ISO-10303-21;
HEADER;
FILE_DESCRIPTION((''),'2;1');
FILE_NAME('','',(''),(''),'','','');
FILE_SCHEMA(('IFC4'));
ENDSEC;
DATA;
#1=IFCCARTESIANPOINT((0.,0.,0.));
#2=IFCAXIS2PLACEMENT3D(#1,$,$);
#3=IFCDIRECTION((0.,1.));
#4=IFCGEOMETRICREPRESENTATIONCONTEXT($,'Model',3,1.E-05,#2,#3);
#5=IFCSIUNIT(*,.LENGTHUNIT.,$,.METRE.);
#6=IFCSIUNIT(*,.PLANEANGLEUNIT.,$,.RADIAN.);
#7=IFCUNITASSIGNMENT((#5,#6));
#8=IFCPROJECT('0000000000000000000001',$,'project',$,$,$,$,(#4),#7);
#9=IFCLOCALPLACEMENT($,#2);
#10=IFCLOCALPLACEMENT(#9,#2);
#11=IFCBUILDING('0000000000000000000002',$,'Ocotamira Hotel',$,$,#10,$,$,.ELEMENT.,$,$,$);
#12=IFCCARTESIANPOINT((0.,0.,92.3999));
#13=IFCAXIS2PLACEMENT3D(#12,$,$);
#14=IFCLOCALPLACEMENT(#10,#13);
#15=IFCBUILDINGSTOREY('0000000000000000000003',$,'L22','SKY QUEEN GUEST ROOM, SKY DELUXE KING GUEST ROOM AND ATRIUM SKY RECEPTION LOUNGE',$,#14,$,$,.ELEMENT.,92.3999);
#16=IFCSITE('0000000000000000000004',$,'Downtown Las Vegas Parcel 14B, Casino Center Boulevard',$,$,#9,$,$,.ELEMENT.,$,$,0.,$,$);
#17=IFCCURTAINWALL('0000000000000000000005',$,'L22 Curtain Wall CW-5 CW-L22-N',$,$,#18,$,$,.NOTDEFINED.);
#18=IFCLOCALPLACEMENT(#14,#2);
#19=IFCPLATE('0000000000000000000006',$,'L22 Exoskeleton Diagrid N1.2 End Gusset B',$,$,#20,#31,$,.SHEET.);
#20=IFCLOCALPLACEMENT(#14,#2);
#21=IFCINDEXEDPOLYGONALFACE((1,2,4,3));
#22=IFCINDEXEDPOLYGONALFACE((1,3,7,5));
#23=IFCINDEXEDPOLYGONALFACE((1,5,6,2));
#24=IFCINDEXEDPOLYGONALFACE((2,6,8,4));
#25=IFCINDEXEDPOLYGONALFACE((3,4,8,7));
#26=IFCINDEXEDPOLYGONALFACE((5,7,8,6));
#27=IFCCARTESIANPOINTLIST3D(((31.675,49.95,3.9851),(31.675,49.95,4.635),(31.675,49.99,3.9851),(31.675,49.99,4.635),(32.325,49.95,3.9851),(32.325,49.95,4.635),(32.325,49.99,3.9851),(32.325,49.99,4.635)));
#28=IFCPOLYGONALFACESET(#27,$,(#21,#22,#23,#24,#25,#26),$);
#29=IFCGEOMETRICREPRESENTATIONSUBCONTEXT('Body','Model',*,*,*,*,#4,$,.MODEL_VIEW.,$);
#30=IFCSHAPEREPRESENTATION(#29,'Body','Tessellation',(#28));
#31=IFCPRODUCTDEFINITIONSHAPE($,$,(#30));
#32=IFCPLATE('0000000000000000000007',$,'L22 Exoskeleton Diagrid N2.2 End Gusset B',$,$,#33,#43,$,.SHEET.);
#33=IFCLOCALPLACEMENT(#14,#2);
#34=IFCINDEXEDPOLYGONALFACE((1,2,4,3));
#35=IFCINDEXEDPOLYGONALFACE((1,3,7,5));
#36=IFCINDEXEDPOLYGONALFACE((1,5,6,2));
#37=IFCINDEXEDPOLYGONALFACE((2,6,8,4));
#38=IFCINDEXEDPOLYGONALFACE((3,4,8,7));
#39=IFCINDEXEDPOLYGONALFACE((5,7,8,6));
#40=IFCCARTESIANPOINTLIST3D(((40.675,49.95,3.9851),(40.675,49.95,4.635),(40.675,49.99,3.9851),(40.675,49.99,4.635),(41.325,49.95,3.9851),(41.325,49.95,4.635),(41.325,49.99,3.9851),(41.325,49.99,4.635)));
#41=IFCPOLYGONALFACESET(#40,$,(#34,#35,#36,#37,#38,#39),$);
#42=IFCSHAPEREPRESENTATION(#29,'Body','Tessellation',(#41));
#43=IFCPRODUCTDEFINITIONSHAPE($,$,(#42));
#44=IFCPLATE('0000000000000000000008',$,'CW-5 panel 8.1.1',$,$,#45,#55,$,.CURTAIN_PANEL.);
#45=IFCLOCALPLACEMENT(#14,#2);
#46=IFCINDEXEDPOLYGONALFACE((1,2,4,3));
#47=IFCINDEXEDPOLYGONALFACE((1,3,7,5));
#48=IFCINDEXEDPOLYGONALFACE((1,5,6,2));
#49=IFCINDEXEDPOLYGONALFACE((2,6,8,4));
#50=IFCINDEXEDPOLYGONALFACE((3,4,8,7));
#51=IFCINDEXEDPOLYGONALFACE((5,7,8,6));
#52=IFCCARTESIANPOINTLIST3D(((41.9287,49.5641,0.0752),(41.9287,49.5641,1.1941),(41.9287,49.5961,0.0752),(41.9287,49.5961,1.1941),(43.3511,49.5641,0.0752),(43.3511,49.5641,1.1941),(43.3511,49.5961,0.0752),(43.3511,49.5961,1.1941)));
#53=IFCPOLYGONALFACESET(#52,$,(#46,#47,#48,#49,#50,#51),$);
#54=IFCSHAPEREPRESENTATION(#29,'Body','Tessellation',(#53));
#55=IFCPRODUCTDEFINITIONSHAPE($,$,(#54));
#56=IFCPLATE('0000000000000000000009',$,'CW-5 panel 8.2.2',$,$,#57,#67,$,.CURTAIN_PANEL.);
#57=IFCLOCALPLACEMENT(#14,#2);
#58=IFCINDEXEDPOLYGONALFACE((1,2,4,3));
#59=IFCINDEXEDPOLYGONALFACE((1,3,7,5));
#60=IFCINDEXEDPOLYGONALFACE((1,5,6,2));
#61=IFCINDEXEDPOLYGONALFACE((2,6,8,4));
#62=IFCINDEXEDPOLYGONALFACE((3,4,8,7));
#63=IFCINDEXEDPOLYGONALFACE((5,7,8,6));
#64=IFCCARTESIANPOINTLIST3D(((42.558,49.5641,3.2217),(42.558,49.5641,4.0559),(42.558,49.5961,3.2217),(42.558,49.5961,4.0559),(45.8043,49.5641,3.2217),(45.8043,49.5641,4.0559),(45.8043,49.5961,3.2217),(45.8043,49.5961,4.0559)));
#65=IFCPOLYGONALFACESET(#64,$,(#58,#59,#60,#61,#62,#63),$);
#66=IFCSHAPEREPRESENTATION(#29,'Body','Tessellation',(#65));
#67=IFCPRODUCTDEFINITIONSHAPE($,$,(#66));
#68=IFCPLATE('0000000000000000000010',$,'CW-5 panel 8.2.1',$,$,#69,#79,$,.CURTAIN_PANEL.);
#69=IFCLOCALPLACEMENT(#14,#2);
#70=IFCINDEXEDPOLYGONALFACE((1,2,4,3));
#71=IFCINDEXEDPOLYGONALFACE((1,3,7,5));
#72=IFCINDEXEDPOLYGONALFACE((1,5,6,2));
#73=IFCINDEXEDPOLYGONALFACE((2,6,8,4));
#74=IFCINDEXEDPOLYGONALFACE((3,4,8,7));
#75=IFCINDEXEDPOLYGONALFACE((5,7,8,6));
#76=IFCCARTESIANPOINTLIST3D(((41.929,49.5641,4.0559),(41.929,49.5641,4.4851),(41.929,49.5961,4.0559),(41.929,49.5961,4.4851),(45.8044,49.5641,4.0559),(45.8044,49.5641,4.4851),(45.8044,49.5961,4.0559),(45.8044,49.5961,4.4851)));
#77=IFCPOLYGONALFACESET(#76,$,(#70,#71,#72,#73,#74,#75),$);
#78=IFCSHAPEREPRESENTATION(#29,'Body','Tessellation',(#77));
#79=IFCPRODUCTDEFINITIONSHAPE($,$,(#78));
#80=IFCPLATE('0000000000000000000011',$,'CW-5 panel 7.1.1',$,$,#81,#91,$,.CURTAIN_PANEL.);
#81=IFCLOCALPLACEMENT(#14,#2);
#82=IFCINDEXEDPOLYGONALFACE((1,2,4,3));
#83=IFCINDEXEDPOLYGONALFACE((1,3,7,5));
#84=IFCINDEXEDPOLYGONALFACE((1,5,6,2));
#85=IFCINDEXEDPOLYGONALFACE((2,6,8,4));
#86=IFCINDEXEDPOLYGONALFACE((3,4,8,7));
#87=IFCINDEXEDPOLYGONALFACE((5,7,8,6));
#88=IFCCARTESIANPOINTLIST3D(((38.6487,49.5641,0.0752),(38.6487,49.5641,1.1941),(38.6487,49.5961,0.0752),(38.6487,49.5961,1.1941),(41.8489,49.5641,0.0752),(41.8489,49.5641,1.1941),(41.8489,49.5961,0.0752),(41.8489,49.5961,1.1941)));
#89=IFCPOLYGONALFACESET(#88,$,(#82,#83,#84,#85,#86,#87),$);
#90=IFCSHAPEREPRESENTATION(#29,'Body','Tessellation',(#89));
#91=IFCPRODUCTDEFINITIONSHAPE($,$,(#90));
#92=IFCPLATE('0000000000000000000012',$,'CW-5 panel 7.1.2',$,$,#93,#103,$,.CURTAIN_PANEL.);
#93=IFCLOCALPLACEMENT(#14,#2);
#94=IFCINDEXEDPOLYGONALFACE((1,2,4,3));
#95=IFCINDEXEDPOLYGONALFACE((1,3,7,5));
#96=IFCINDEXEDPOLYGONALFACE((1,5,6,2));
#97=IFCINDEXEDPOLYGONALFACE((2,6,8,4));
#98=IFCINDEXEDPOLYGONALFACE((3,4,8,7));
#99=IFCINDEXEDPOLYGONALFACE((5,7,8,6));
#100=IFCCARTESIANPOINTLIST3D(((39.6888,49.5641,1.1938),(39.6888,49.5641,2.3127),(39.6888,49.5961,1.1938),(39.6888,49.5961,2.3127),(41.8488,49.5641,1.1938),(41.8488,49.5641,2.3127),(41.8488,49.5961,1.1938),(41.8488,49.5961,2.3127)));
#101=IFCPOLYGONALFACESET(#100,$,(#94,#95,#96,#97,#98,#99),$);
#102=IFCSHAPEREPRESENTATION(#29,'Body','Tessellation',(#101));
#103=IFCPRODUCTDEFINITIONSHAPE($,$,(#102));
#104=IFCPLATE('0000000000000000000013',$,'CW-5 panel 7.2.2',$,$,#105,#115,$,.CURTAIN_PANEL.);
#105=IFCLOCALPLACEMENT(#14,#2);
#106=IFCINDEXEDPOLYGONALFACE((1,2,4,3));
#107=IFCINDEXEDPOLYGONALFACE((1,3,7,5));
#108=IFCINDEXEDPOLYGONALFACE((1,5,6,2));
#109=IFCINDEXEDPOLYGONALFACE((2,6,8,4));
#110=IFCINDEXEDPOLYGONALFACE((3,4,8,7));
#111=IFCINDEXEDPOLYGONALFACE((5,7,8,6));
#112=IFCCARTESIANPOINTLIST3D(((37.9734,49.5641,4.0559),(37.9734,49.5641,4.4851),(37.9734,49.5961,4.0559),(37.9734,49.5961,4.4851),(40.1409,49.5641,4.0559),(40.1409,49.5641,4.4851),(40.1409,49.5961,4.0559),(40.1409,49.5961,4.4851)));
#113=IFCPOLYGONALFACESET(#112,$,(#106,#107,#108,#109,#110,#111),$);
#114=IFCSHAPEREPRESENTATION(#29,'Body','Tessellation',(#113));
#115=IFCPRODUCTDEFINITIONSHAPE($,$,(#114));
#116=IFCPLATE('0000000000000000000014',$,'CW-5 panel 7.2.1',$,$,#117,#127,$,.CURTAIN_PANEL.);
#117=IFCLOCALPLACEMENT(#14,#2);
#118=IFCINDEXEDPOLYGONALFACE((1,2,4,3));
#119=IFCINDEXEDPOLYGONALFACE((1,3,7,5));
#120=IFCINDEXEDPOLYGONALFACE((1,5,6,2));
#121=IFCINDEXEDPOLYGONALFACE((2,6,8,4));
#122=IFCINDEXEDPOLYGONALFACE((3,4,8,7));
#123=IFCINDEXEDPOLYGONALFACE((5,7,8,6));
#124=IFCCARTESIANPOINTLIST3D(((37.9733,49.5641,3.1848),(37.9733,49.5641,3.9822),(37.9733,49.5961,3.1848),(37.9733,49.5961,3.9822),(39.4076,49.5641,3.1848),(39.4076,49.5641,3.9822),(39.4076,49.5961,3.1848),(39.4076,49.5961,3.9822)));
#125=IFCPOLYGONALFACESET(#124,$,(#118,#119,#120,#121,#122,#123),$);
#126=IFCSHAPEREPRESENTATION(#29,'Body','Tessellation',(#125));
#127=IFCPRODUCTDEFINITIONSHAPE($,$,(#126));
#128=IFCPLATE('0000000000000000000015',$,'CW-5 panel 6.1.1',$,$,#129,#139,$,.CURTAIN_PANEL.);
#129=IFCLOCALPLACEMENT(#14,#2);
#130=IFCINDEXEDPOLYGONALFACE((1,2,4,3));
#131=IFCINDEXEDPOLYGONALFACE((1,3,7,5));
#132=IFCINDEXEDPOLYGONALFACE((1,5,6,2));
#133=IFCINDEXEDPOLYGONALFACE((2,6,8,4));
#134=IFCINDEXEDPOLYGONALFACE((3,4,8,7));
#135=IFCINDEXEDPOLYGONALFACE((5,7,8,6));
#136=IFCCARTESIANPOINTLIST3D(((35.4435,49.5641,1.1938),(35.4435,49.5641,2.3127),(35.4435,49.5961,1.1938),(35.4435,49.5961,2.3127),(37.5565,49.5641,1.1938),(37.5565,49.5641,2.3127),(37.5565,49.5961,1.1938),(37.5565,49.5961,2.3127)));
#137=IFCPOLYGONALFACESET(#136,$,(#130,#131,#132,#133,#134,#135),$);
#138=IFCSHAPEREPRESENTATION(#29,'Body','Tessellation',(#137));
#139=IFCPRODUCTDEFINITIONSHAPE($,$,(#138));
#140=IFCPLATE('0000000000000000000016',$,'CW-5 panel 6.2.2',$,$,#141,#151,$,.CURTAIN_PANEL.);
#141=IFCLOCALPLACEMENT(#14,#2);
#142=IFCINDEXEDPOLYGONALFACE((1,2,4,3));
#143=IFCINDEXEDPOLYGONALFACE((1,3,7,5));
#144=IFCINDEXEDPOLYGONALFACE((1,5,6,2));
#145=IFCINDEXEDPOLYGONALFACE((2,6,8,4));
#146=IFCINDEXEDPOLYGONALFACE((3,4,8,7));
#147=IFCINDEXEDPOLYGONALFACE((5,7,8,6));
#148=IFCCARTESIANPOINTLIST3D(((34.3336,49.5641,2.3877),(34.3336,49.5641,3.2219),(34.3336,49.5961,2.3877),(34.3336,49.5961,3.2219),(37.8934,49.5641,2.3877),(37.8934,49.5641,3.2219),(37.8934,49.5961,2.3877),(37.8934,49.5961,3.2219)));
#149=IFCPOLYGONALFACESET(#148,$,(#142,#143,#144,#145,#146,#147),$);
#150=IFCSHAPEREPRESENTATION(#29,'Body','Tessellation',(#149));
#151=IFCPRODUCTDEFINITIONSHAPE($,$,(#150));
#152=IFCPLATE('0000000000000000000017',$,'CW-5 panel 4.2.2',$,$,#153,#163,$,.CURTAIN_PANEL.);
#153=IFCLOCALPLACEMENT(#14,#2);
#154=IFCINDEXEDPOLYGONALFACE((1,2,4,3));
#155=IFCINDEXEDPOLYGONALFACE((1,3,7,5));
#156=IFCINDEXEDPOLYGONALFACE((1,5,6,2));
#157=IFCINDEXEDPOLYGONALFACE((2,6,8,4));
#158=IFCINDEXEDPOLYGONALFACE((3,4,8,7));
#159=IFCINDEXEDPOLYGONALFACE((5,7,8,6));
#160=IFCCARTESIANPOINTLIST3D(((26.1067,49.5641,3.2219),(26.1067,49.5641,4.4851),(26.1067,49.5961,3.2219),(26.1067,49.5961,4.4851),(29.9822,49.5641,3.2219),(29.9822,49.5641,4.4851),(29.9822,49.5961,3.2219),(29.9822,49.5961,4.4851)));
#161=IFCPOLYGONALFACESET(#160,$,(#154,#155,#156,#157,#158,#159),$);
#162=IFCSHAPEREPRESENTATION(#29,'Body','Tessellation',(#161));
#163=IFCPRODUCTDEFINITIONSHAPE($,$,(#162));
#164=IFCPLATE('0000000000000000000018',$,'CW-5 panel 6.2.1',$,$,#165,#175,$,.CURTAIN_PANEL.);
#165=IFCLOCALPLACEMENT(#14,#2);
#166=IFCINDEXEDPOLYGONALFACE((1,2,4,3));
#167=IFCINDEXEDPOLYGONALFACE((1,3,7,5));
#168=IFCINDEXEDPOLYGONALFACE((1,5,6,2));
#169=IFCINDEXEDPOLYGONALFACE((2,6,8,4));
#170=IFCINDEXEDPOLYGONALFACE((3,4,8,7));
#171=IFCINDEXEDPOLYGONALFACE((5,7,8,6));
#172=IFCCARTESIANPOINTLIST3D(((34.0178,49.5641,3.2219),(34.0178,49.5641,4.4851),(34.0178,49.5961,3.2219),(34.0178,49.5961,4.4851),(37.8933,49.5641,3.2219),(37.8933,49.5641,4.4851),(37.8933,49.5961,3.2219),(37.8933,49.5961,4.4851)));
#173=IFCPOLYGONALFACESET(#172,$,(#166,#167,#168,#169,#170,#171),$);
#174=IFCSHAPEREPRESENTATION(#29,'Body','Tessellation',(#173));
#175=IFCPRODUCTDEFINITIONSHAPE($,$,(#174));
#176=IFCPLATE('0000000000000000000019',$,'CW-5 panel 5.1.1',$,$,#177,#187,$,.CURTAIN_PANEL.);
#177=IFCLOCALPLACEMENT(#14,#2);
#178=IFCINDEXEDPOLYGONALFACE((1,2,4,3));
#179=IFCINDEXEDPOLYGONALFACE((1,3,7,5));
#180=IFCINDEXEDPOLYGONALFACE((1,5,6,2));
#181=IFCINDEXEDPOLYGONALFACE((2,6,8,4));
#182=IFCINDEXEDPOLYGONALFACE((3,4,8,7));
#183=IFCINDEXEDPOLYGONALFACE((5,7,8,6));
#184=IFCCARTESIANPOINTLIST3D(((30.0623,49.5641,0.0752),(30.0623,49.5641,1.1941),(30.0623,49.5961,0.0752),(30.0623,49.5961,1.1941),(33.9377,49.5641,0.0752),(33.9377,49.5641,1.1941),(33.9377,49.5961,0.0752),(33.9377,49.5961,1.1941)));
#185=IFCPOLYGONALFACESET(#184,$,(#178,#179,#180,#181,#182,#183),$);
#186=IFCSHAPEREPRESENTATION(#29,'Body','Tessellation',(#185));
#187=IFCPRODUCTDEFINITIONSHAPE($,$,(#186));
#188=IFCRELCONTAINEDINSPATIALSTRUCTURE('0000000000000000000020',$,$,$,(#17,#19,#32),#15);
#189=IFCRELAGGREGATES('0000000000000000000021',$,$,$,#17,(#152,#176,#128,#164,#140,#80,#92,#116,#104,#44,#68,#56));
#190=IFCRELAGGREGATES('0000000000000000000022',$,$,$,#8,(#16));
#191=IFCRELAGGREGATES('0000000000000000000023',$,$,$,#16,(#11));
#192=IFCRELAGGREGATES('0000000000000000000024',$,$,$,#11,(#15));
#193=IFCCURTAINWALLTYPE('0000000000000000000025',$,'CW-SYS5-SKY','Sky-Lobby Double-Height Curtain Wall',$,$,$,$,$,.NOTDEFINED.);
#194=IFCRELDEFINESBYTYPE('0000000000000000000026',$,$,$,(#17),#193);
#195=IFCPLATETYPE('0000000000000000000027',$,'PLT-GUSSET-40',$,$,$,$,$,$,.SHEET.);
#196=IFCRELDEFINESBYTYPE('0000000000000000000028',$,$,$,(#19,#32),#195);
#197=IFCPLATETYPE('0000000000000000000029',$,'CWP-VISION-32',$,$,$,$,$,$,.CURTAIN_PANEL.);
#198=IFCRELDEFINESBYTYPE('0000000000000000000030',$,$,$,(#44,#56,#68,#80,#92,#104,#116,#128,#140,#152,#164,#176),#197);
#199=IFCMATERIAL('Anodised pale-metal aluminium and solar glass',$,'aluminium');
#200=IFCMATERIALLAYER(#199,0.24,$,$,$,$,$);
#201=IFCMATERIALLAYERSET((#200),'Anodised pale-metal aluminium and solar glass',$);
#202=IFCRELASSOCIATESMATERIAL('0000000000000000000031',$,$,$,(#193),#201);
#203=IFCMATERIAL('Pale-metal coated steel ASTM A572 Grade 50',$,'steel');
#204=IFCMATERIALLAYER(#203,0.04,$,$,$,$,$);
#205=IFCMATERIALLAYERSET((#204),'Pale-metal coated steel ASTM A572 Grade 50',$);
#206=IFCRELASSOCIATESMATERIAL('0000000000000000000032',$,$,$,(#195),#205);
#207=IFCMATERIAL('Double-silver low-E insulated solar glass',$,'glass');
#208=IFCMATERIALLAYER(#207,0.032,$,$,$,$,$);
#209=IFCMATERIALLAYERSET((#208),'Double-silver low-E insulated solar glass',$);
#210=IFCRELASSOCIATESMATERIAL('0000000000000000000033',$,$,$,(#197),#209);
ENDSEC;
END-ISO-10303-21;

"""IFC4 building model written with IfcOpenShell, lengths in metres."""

from ifc_helpers import new_model, si_unit, direction, frame, origin, origin_2d, place, context, subcontext, project, spatial, rectangle, extrude, source, transform, mapped, material, layer, layer_set, type_object, element, aggregate, save


model = new_model("IFC4")

# Units and contexts
model_context = context("Model", 3, precision=1e-05, world=origin(), true_north=direction((0.0, 1.0)))
body_context = subcontext(model_context, "Body", "Model", "MODEL_VIEW")
ifc_project = project(units=[si_unit("LENGTHUNIT", "METRE"), si_unit("PLANEANGLEUNIT", "RADIAN")], contexts=[model_context])

# Site, building, storey
site_placement = place(None, origin())
site = spatial("IfcSite", under=ifc_project, at=site_placement, Name="Downtown Las Vegas Parcel 14B, Casino Center Boulevard", CompositionType="ELEMENT", RefElevation=0.0)
building_placement = place(site_placement, origin())
building = spatial("IfcBuilding", under=site, at=building_placement, Name="Ocotamira Hotel", CompositionType="ELEMENT")
storey_placement = place(building_placement, frame((0.0, 0.0, 92.3999)))
storey = spatial("IfcBuildingStorey", under=building, at=storey_placement, Name="L22", Description="SKY QUEEN GUEST ROOM, SKY DELUXE KING GUEST ROOM AND ATRIUM SKY RECEPTION LOUNGE", CompositionType="ELEMENT", Elevation=92.3999)

# Curtain wall
ifc_material_1 = material(Name="Anodised pale-metal aluminium and solar glass", Category="aluminium")
ifc_layer_1 = layer(ifc_material_1, 0.24)
ifc_layer_set_1 = layer_set([ifc_layer_1], Name="Anodised pale-metal aluminium and solar glass")
curtain_wall_type = type_object("IfcCurtainWallType", Name="CW-SYS5-SKY", Description="Sky-Lobby Double-Height Curtain Wall", PredefinedType="NOTDEFINED", material=ifc_layer_set_1)
curtain_wall_placement = place(storey_placement, origin())
curtain_wall = element("IfcCurtainWall", 1, at=curtain_wall_placement, inside=storey, type_object=curtain_wall_type, Name="L22 Curtain Wall CW-5 CW-L22-N", PredefinedType="NOTDEFINED")

# Plates
ifc_material_2 = material(Name="Pale-metal coated steel ASTM A572 Grade 50", Category="steel")
ifc_layer_2 = layer(ifc_material_2, 0.04)
ifc_layer_set_2 = layer_set([ifc_layer_2], Name="Pale-metal coated steel ASTM A572 Grade 50")
plate_type_1 = type_object("IfcPlateType", Name="PLT-GUSSET-40", PredefinedType="SHEET", material=ifc_layer_set_2)
shared_shape_1 = source(origin(), body_context, "Body", "SweptSolid", [
    extrude(rectangle(XDim=0.6499, YDim=0.04, at=origin_2d()), origin(), (0.0, 0.0, 1.0), 0.6499),
])
for number, where, z_axis, x_axis, name in (
    (2, (32.0, 49.97, 3.9851), (0.0, 0.0, 1.0), (1.0, 0.0, 0.0), "L22 Exoskeleton Diagrid N1.2 End Gusset B"),
    (3, (41.0, 49.97, 3.9851), (0.0, 0.0, 1.0), (1.0, 0.0, 0.0), "L22 Exoskeleton Diagrid N2.2 End Gusset B"),
):
    element("IfcPlate", number, at=place(storey_placement, frame(where, z_axis=z_axis, x_axis=x_axis)), inside=storey, type_object=plate_type_1, Name=name, PredefinedType="SHEET", context=body_context, shape_type="MappedRepresentation", body=[
        mapped(shared_shape_1, transform((0.0, 0.0, 0.0), scale=1.0)),
    ])

# Plates
ifc_material_3 = material(Name="Double-silver low-E insulated solar glass", Category="glass")
ifc_layer_3 = layer(ifc_material_3, 0.032)
ifc_layer_set_3 = layer_set([ifc_layer_3], Name="Double-silver low-E insulated solar glass")
plate_type_2 = type_object("IfcPlateType", Name="CWP-VISION-32", PredefinedType="CURTAIN_PANEL", material=ifc_layer_set_3)
shared_shape_2 = source(origin(), body_context, "Body", "SweptSolid", [
    extrude(rectangle(XDim=1.4224, YDim=0.032, at=origin_2d()), origin(), (0.0, 0.0, 1.0), 1.1189),
])
plate_1_placement = place(storey_placement, frame((42.6399, 49.5801, 0.0752), z_axis=(0.0, 0.0, 1.0), x_axis=(1.0, 0.0, 0.0)))
plate_1 = element("IfcPlate", 4, at=plate_1_placement, type_object=plate_type_2, Name="CW-5 panel 8.1.1", PredefinedType="CURTAIN_PANEL", context=body_context, shape_type="MappedRepresentation", body=[
    mapped(shared_shape_2, transform((0.0, 0.0, 0.0), scale=1.0)),
])
shared_shape_3 = source(origin(), body_context, "Body", "SweptSolid", [
    extrude(rectangle(XDim=3.2463, YDim=0.032, at=origin_2d()), origin(), (0.0, 0.0, 1.0), 0.8342),
])
plate_2_placement = place(storey_placement, frame((44.1812, 49.5801, 3.2217), z_axis=(0.0, 0.0, 1.0), x_axis=(1.0, 0.0, 0.0)))
plate_2 = element("IfcPlate", 5, at=plate_2_placement, type_object=plate_type_2, Name="CW-5 panel 8.2.2", PredefinedType="CURTAIN_PANEL", context=body_context, shape_type="MappedRepresentation", body=[
    mapped(shared_shape_3, transform((0.0, 0.0, 0.0), scale=1.0)),
])
shared_shape_4 = source(origin(), body_context, "Body", "SweptSolid", [
    extrude(rectangle(XDim=3.8755, YDim=0.032, at=origin_2d()), origin(), (0.0, 0.0, 1.0), 0.4292),
])
plate_3_placement = place(storey_placement, frame((43.8667, 49.5801, 4.0559), z_axis=(0.0, 0.0, 1.0), x_axis=(1.0, 0.0, 0.0)))
plate_3 = element("IfcPlate", 6, at=plate_3_placement, type_object=plate_type_2, Name="CW-5 panel 8.2.1", PredefinedType="CURTAIN_PANEL", context=body_context, shape_type="MappedRepresentation", body=[
    mapped(shared_shape_4, transform((0.0, 0.0, 0.0), scale=1.0)),
])
shared_shape_5 = source(origin(), body_context, "Body", "SweptSolid", [
    extrude(rectangle(XDim=3.2002, YDim=0.032, at=origin_2d()), origin(), (0.0, 0.0, 1.0), 1.1189),
])
plate_4_placement = place(storey_placement, frame((40.2488, 49.5801, 0.0752), z_axis=(0.0, 0.0, 1.0), x_axis=(1.0, 0.0, 0.0)))
plate_4 = element("IfcPlate", 7, at=plate_4_placement, type_object=plate_type_2, Name="CW-5 panel 7.1.1", PredefinedType="CURTAIN_PANEL", context=body_context, shape_type="MappedRepresentation", body=[
    mapped(shared_shape_5, transform((0.0, 0.0, 0.0), scale=1.0)),
])
shared_shape_6 = source(origin(), body_context, "Body", "SweptSolid", [
    extrude(rectangle(XDim=2.1599, YDim=0.032, at=origin_2d()), origin(), (0.0, 0.0, 1.0), 1.1189),
])
plate_5_placement = place(storey_placement, frame((40.7688, 49.5801, 1.1938), z_axis=(0.0, 0.0, 1.0), x_axis=(1.0, 0.0, 0.0)))
plate_5 = element("IfcPlate", 8, at=plate_5_placement, type_object=plate_type_2, Name="CW-5 panel 7.1.2", PredefinedType="CURTAIN_PANEL", context=body_context, shape_type="MappedRepresentation", body=[
    mapped(shared_shape_6, transform((0.0, 0.0, 0.0), scale=1.0)),
])
shared_shape_7 = source(origin(), body_context, "Body", "SweptSolid", [
    extrude(rectangle(XDim=2.1675, YDim=0.032, at=origin_2d()), origin(), (0.0, 0.0, 1.0), 0.4292),
])
plate_6_placement = place(storey_placement, frame((39.0571, 49.5801, 4.0559), z_axis=(0.0, 0.0, 1.0), x_axis=(1.0, 0.0, 0.0)))
plate_6 = element("IfcPlate", 9, at=plate_6_placement, type_object=plate_type_2, Name="CW-5 panel 7.2.2", PredefinedType="CURTAIN_PANEL", context=body_context, shape_type="MappedRepresentation", body=[
    mapped(shared_shape_7, transform((0.0, 0.0, 0.0), scale=1.0)),
])
shared_shape_8 = source(origin(), body_context, "Body", "SweptSolid", [
    extrude(rectangle(XDim=1.4343, YDim=0.032, at=origin_2d()), origin(), (0.0, 0.0, 1.0), 0.7974),
])
plate_7_placement = place(storey_placement, frame((38.6904, 49.5801, 3.1848), z_axis=(0.0, 0.0, 1.0), x_axis=(1.0, 0.0, 0.0)))
plate_7 = element("IfcPlate", 10, at=plate_7_placement, type_object=plate_type_2, Name="CW-5 panel 7.2.1", PredefinedType="CURTAIN_PANEL", context=body_context, shape_type="MappedRepresentation", body=[
    mapped(shared_shape_8, transform((0.0, 0.0, 0.0), scale=1.0)),
])
shared_shape_9 = source(origin(), body_context, "Body", "SweptSolid", [
    extrude(rectangle(XDim=2.113, YDim=0.032, at=origin_2d()), origin(), (0.0, 0.0, 1.0), 1.1189),
])
plate_8_placement = place(storey_placement, frame((36.5, 49.5801, 1.1938), z_axis=(0.0, 0.0, 1.0), x_axis=(1.0, 0.0, 0.0)))
plate_8 = element("IfcPlate", 11, at=plate_8_placement, type_object=plate_type_2, Name="CW-5 panel 6.1.1", PredefinedType="CURTAIN_PANEL", context=body_context, shape_type="MappedRepresentation", body=[
    mapped(shared_shape_9, transform((0.0, 0.0, 0.0), scale=1.0)),
])
shared_shape_10 = source(origin(), body_context, "Body", "SweptSolid", [
    extrude(rectangle(XDim=3.5598, YDim=0.032, at=origin_2d()), origin(), (0.0, 0.0, 1.0), 0.8342),
])
plate_9_placement = place(storey_placement, frame((36.1135, 49.5801, 2.3877), z_axis=(0.0, 0.0, 1.0), x_axis=(1.0, 0.0, 0.0)))
plate_9 = element("IfcPlate", 12, at=plate_9_placement, type_object=plate_type_2, Name="CW-5 panel 6.2.2", PredefinedType="CURTAIN_PANEL", context=body_context, shape_type="MappedRepresentation", body=[
    mapped(shared_shape_10, transform((0.0, 0.0, 0.0), scale=1.0)),
])
shared_shape_11 = source(origin(), body_context, "Body", "SweptSolid", [
    extrude(rectangle(XDim=3.8755, YDim=0.032, at=origin_2d()), origin(), (0.0, 0.0, 1.0), 1.2632),
])
plate_10_placement = place(storey_placement, frame((28.0444, 49.5801, 3.2219), z_axis=(0.0, 0.0, 1.0), x_axis=(1.0, 0.0, 0.0)))
plate_10 = element("IfcPlate", 13, at=plate_10_placement, type_object=plate_type_2, Name="CW-5 panel 4.2.2", PredefinedType="CURTAIN_PANEL", context=body_context, shape_type="MappedRepresentation", body=[
    mapped(shared_shape_11, transform((0.0, 0.0, 0.0), scale=1.0)),
])
plate_11_placement = place(storey_placement, frame((35.9556, 49.5801, 3.2219), z_axis=(0.0, 0.0, 1.0), x_axis=(1.0, 0.0, 0.0)))
plate_11 = element("IfcPlate", 14, at=plate_11_placement, type_object=plate_type_2, Name="CW-5 panel 6.2.1", PredefinedType="CURTAIN_PANEL", context=body_context, shape_type="MappedRepresentation", body=[
    mapped(shared_shape_11, transform((0.0, 0.0, 0.0), scale=1.0)),
])
shared_shape_12 = source(origin(), body_context, "Body", "SweptSolid", [
    extrude(rectangle(XDim=3.8755, YDim=0.032, at=origin_2d()), origin(), (0.0, 0.0, 1.0), 1.1189),
])
plate_12_placement = place(storey_placement, frame((32.0, 49.5801, 0.0752), z_axis=(0.0, 0.0, 1.0), x_axis=(1.0, 0.0, 0.0)))
plate_12 = element("IfcPlate", 15, at=plate_12_placement, type_object=plate_type_2, Name="CW-5 panel 5.1.1", PredefinedType="CURTAIN_PANEL", context=body_context, shape_type="MappedRepresentation", body=[
    mapped(shared_shape_12, transform((0.0, 0.0, 0.0), scale=1.0)),
])
aggregate(curtain_wall, [plate_10, plate_12, plate_8, plate_11, plate_9, plate_4, plate_5, plate_7, plate_6, plate_1, plate_3, plate_2])

save(model, "model.ifc")
